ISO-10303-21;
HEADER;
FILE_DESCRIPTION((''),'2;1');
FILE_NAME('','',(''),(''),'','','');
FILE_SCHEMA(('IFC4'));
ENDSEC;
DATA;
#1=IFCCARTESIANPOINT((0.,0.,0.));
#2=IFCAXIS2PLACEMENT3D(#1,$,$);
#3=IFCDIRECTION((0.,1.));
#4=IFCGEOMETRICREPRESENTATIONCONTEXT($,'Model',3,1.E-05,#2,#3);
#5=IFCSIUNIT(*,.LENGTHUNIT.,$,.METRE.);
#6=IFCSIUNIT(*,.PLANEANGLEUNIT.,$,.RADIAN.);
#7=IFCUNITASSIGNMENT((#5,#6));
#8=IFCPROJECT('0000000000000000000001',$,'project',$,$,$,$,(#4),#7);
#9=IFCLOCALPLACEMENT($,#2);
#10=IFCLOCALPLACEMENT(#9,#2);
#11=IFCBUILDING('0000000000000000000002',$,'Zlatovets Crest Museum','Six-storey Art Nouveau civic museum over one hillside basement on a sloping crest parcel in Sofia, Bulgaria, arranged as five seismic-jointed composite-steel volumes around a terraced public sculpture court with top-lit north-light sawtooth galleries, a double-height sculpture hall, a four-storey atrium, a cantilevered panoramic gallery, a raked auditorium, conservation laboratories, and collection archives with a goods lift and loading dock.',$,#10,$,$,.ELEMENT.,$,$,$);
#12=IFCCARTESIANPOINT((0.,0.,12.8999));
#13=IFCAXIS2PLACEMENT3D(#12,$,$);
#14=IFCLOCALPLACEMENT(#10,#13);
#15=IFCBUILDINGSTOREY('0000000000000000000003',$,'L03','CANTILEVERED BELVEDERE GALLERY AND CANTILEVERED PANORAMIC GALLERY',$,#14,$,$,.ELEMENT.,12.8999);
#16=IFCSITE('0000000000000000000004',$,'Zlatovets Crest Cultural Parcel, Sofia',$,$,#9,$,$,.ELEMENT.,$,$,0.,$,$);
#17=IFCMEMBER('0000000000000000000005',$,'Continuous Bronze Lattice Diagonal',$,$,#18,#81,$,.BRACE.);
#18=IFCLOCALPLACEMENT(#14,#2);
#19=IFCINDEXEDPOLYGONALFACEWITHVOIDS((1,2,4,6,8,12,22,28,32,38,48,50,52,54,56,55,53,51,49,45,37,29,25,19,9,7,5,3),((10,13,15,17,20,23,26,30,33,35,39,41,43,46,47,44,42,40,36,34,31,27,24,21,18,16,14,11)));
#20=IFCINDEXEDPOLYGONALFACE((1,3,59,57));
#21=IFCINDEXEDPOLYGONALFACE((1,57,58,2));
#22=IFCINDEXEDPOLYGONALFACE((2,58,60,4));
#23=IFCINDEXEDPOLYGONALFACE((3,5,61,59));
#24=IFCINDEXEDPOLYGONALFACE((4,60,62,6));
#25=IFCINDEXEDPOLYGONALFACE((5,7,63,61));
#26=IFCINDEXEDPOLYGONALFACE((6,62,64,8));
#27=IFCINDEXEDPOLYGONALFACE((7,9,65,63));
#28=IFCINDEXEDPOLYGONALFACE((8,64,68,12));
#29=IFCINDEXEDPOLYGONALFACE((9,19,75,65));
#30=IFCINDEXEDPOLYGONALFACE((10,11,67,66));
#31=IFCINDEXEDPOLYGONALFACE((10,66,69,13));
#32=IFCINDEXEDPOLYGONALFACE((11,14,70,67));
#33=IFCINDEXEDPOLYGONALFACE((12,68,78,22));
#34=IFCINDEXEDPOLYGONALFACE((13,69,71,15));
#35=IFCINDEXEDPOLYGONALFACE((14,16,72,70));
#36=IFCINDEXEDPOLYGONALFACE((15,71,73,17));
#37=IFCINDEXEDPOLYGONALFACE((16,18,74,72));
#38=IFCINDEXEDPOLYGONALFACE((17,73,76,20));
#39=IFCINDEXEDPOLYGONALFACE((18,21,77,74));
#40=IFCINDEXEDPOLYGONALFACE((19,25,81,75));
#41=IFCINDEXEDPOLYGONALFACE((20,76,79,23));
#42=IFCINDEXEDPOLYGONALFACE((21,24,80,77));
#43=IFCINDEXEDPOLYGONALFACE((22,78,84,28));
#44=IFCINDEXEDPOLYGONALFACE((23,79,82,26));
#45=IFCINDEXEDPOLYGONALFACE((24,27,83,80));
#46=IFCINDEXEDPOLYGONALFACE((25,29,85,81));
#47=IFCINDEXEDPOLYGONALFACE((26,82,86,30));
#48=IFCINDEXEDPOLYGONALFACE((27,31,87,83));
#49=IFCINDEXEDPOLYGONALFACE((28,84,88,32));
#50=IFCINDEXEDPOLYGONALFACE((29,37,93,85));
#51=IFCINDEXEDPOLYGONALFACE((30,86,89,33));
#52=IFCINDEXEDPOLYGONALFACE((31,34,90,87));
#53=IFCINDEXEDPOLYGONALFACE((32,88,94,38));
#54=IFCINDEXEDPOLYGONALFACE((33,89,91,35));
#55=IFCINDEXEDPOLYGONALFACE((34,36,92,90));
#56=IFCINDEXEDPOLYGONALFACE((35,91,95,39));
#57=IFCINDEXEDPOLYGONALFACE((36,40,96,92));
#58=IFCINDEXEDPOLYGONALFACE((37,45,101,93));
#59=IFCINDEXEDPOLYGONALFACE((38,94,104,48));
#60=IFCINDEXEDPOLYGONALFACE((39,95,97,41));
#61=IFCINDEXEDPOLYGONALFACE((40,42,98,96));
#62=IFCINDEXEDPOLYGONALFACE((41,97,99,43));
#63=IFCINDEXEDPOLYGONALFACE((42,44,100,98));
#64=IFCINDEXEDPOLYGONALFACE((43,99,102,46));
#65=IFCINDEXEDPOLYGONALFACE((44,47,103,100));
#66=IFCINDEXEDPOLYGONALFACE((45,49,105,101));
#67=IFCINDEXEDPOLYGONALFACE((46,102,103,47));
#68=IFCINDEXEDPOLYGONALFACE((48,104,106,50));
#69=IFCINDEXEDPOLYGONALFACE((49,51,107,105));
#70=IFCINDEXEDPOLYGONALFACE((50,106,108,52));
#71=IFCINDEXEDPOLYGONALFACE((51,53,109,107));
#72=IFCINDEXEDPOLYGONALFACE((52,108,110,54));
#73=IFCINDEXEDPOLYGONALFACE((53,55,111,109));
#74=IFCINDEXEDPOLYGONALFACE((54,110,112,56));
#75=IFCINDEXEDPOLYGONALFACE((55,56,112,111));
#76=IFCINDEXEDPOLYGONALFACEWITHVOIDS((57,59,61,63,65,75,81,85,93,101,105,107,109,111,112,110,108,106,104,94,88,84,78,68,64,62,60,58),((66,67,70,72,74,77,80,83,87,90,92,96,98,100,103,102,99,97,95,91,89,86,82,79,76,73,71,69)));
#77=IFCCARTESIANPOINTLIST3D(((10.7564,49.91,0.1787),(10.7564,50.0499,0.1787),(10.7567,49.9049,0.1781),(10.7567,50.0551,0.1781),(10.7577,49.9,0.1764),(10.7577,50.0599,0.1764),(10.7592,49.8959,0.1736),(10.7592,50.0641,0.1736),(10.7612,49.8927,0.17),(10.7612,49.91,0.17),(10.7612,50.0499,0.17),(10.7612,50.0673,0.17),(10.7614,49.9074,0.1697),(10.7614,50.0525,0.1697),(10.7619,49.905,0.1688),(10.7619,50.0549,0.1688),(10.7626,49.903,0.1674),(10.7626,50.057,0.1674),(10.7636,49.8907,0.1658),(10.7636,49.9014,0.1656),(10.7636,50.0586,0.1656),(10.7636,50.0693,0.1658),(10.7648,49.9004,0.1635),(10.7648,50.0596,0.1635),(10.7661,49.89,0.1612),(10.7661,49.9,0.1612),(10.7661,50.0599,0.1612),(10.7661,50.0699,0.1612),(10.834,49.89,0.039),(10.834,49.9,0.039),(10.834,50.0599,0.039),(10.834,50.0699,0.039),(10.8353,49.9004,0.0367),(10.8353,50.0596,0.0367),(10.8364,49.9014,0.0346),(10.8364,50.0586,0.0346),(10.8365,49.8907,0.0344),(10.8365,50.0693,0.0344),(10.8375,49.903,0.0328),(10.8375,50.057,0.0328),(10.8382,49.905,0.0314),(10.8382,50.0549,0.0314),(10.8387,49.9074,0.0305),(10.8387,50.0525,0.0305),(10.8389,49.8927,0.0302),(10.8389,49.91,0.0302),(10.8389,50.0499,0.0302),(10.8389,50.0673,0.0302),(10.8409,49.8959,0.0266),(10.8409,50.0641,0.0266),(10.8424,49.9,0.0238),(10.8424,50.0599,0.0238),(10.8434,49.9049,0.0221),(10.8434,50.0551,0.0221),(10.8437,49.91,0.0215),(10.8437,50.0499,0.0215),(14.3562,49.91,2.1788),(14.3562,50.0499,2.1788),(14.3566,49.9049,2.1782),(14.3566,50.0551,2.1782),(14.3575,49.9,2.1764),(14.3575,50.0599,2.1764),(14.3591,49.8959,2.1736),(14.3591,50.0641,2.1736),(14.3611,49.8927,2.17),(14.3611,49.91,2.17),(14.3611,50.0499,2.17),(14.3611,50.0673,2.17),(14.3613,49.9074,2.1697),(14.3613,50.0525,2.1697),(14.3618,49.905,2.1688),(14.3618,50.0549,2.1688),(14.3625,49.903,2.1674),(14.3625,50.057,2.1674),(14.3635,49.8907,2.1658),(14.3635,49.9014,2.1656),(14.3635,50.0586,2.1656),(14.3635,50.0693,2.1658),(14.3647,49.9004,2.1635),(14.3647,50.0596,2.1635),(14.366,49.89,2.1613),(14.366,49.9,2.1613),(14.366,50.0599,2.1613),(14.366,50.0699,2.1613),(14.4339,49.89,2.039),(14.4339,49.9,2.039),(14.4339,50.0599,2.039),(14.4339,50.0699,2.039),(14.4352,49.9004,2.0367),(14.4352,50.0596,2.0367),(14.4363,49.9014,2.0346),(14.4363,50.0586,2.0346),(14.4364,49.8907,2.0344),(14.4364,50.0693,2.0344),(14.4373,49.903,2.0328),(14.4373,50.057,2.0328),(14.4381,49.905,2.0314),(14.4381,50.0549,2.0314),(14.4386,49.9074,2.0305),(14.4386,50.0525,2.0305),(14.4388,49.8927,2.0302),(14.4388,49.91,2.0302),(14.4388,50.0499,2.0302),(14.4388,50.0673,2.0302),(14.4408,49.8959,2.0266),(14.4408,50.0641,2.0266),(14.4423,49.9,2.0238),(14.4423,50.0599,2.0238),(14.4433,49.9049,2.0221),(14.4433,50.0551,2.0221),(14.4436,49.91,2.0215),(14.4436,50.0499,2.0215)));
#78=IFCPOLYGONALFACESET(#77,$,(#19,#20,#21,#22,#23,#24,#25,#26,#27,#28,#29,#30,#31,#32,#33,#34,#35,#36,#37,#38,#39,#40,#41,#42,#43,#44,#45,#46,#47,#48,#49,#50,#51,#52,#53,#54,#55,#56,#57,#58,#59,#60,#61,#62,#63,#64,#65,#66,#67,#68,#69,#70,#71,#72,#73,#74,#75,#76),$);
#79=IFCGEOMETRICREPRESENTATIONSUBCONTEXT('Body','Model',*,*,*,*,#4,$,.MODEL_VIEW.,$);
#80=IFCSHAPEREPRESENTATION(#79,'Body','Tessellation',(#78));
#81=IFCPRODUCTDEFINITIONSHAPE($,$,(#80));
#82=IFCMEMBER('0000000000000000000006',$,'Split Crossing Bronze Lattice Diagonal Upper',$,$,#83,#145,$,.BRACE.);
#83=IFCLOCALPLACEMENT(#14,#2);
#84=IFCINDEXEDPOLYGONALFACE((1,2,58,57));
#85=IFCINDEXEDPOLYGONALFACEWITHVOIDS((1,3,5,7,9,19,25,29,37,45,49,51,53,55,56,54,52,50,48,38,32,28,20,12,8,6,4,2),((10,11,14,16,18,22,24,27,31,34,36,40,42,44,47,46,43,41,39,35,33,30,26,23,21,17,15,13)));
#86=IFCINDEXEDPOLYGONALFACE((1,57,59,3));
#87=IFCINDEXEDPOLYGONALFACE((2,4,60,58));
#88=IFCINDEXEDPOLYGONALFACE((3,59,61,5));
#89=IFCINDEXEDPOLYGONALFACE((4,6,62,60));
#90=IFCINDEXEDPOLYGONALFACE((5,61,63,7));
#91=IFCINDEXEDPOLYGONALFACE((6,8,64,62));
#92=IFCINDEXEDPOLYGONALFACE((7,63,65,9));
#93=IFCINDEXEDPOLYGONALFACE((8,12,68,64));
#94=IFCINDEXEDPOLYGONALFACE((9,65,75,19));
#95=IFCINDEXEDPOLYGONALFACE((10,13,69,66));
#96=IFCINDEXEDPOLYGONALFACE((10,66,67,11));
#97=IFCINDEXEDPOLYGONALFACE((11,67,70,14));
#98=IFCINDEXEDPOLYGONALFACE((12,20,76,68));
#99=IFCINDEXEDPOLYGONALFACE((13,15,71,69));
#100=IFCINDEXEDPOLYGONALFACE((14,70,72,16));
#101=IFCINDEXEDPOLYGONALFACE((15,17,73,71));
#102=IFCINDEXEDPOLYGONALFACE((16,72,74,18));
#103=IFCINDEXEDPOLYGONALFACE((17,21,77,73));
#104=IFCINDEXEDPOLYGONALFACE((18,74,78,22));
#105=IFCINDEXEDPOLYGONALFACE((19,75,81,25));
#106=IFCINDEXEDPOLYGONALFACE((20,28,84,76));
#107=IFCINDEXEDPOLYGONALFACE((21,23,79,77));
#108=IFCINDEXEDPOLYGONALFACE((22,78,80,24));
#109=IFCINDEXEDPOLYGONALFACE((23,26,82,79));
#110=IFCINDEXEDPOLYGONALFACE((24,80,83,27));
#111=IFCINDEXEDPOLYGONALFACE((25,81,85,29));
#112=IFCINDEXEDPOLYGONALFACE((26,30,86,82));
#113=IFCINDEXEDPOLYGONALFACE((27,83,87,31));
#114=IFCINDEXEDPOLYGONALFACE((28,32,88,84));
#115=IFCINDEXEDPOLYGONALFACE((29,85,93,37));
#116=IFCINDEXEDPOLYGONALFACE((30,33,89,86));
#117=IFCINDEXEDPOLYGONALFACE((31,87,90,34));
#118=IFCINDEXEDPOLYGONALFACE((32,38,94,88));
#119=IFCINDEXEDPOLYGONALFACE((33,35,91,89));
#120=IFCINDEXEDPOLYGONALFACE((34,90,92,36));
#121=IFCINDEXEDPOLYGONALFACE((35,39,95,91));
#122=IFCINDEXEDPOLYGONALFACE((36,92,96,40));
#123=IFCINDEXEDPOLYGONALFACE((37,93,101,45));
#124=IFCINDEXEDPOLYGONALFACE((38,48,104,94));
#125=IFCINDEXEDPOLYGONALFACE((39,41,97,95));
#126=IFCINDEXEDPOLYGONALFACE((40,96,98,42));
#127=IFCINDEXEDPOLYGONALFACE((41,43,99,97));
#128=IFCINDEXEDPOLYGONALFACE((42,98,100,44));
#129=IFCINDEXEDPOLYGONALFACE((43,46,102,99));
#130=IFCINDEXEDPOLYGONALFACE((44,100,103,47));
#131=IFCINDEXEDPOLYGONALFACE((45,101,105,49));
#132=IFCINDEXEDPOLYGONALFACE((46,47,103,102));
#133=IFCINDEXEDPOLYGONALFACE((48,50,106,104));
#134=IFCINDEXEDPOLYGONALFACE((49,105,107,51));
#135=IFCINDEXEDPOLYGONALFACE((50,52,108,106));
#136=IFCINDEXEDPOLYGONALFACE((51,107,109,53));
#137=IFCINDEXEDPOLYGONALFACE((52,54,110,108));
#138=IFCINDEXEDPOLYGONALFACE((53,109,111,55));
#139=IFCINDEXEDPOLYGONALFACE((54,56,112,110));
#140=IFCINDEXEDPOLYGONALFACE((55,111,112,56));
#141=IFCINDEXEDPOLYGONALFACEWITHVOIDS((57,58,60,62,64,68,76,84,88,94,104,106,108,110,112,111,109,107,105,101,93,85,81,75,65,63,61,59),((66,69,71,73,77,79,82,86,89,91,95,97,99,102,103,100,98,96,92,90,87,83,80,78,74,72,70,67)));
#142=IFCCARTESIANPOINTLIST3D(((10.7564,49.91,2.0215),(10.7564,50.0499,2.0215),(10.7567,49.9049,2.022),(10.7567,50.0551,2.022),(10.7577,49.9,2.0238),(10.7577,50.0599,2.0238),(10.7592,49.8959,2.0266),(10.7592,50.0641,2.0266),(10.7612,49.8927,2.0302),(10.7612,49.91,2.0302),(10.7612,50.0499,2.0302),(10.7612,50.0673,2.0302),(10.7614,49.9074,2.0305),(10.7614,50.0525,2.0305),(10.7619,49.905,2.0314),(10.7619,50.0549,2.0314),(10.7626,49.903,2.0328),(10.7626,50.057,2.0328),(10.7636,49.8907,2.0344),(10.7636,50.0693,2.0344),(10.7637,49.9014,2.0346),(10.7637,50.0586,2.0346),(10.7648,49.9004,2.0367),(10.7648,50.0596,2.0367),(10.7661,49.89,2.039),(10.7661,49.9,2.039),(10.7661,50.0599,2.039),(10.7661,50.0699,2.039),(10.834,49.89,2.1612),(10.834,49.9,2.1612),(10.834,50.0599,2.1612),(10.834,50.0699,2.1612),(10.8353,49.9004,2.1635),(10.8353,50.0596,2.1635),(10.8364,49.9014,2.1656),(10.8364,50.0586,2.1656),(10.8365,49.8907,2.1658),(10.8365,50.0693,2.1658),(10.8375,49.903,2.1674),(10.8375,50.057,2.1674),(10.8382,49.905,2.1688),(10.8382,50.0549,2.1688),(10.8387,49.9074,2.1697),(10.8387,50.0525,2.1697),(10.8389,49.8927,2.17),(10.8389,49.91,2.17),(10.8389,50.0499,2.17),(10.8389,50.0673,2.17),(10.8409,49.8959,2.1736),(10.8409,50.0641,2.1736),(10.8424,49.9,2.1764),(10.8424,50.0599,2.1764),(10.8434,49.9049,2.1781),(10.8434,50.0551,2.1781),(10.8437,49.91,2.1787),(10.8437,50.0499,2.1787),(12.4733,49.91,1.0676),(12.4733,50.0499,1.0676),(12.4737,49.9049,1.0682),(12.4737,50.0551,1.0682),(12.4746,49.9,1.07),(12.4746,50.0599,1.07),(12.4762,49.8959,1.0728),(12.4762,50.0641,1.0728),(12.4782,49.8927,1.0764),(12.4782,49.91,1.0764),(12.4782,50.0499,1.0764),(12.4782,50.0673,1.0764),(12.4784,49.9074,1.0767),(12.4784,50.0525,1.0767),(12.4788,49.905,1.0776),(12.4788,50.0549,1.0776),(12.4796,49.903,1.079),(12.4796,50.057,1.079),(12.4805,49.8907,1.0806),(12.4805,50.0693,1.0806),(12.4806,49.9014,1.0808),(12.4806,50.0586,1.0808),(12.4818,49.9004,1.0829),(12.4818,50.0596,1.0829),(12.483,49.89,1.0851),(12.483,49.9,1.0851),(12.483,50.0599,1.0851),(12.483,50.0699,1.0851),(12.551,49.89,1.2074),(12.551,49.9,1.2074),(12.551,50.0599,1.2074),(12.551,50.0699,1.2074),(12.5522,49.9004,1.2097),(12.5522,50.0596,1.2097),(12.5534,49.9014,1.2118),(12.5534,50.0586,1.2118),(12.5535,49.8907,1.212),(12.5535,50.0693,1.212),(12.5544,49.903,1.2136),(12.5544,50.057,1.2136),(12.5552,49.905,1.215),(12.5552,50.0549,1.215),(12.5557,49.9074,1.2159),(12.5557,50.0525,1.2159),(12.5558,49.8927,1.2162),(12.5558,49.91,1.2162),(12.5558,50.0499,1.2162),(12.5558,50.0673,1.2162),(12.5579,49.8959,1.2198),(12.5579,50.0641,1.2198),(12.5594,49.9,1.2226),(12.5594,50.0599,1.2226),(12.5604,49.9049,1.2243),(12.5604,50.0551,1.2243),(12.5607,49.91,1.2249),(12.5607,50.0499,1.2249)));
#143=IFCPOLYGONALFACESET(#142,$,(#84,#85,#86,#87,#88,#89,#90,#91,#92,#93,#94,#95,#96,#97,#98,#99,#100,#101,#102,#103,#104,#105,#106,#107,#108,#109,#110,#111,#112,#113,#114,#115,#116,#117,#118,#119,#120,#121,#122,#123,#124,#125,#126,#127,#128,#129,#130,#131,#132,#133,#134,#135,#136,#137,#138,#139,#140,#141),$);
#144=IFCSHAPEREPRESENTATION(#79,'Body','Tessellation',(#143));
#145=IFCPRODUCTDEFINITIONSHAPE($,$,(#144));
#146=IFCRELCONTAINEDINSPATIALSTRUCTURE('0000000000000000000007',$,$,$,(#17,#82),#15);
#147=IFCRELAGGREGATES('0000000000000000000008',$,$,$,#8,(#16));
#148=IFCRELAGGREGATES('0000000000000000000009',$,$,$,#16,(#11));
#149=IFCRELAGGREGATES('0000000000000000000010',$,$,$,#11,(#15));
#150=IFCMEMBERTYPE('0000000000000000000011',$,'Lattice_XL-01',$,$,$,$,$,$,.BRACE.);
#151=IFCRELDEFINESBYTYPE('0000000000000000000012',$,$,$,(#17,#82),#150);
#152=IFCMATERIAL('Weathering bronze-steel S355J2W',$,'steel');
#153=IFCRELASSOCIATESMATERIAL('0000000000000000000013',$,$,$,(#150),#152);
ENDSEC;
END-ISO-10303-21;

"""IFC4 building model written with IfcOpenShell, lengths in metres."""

from ifc_helpers import new_model, si_unit, direction, frame, origin, origin_2d, place, context, subcontext, project, spatial, hollow_rectangle, extrude, material, material_profile, profile_set, type_object, element, save


model = new_model("IFC4")

# Units and contexts
model_context = context("Model", 3, precision=1e-05, world=origin(), true_north=direction((0.0, 1.0)))
body_context = subcontext(model_context, "Body", "Model", "MODEL_VIEW")
ifc_project = project(units=[si_unit("LENGTHUNIT", "METRE"), si_unit("PLANEANGLEUNIT", "RADIAN")], contexts=[model_context])

# Site, building, storey
site_placement = place(None, origin())
site = spatial("IfcSite", under=ifc_project, at=site_placement, Name="Zlatovets Crest Cultural Parcel, Sofia", CompositionType="ELEMENT", RefElevation=0.0)
building_placement = place(site_placement, origin())
building = spatial("IfcBuilding", under=site, at=building_placement, Name="Zlatovets Crest Museum", Description="Six-storey Art Nouveau civic museum over one hillside basement on a sloping crest parcel in Sofia, Bulgaria, arranged as five seismic-jointed composite-steel volumes around a terraced public sculpture court with top-lit north-light sawtooth galleries, a double-height sculpture hall, a four-storey atrium, a cantilevered panoramic gallery, a raked auditorium, conservation laboratories, and collection archives with a goods lift and loading dock.", CompositionType="ELEMENT")
storey_placement = place(building_placement, frame((0.0, 0.0, 12.8999)))
storey = spatial("IfcBuildingStorey", under=building, at=storey_placement, Name="L03", Description="CANTILEVERED BELVEDERE GALLERY AND CANTILEVERED PANORAMIC GALLERY", CompositionType="ELEMENT", Elevation=12.8999)

# Members
ifc_material_1 = material(Name="Weathering bronze-steel S355J2W", Category="steel")
ifc_material_profile_1 = material_profile(ifc_material_1, hollow_rectangle(XDim=0.1799, YDim=0.1799, WallThickness=0.01, InnerFilletRadius=0.01, OuterFilletRadius=0.02, at=origin_2d()), Name="SHS 180x180x10.0")
ifc_profile_set_1 = profile_set([ifc_material_profile_1], Name="Weathering bronze-steel S355J2W")
member_type_1 = type_object("IfcMemberType", Name="Lattice_XL-01", PredefinedType="BRACE", material=ifc_profile_set_1)
member_1_placement = place(storey_placement, frame((10.8, 49.98, 0.1001), z_axis=(0.874149, 0.0, 0.485658), x_axis=(0.0, 1.0, 0.0)))
element("IfcMember", 1, at=member_1_placement, inside=storey, type_object=member_type_1, Name="Continuous Bronze Lattice Diagonal", PredefinedType="BRACE", context=body_context, shape_type="SweptSolid", body=[
    extrude(hollow_rectangle(XDim=0.1799, YDim=0.1799, WallThickness=0.01, InnerFilletRadius=0.01, OuterFilletRadius=0.02, at=origin_2d()), origin(), (0.0, 0.0, 1.0), 4.1182),
])
member_2_placement = place(storey_placement, frame((10.8, 49.98, 2.1001), z_axis=(0.874169, 0.0, -0.485622), x_axis=(0.0, 1.0, 0.0)))
element("IfcMember", 2, at=member_2_placement, inside=storey, type_object=member_type_1, Name="Split Crossing Bronze Lattice Diagonal Upper", PredefinedType="BRACE", context=body_context, shape_type="SweptSolid", body=[
    extrude(hollow_rectangle(XDim=0.1799, YDim=0.1799, WallThickness=0.01, InnerFilletRadius=0.01, OuterFilletRadius=0.02, at=origin_2d()), origin(), (0.0, 0.0, 1.0), 1.9641),
])

save(model, "model.ifc")
